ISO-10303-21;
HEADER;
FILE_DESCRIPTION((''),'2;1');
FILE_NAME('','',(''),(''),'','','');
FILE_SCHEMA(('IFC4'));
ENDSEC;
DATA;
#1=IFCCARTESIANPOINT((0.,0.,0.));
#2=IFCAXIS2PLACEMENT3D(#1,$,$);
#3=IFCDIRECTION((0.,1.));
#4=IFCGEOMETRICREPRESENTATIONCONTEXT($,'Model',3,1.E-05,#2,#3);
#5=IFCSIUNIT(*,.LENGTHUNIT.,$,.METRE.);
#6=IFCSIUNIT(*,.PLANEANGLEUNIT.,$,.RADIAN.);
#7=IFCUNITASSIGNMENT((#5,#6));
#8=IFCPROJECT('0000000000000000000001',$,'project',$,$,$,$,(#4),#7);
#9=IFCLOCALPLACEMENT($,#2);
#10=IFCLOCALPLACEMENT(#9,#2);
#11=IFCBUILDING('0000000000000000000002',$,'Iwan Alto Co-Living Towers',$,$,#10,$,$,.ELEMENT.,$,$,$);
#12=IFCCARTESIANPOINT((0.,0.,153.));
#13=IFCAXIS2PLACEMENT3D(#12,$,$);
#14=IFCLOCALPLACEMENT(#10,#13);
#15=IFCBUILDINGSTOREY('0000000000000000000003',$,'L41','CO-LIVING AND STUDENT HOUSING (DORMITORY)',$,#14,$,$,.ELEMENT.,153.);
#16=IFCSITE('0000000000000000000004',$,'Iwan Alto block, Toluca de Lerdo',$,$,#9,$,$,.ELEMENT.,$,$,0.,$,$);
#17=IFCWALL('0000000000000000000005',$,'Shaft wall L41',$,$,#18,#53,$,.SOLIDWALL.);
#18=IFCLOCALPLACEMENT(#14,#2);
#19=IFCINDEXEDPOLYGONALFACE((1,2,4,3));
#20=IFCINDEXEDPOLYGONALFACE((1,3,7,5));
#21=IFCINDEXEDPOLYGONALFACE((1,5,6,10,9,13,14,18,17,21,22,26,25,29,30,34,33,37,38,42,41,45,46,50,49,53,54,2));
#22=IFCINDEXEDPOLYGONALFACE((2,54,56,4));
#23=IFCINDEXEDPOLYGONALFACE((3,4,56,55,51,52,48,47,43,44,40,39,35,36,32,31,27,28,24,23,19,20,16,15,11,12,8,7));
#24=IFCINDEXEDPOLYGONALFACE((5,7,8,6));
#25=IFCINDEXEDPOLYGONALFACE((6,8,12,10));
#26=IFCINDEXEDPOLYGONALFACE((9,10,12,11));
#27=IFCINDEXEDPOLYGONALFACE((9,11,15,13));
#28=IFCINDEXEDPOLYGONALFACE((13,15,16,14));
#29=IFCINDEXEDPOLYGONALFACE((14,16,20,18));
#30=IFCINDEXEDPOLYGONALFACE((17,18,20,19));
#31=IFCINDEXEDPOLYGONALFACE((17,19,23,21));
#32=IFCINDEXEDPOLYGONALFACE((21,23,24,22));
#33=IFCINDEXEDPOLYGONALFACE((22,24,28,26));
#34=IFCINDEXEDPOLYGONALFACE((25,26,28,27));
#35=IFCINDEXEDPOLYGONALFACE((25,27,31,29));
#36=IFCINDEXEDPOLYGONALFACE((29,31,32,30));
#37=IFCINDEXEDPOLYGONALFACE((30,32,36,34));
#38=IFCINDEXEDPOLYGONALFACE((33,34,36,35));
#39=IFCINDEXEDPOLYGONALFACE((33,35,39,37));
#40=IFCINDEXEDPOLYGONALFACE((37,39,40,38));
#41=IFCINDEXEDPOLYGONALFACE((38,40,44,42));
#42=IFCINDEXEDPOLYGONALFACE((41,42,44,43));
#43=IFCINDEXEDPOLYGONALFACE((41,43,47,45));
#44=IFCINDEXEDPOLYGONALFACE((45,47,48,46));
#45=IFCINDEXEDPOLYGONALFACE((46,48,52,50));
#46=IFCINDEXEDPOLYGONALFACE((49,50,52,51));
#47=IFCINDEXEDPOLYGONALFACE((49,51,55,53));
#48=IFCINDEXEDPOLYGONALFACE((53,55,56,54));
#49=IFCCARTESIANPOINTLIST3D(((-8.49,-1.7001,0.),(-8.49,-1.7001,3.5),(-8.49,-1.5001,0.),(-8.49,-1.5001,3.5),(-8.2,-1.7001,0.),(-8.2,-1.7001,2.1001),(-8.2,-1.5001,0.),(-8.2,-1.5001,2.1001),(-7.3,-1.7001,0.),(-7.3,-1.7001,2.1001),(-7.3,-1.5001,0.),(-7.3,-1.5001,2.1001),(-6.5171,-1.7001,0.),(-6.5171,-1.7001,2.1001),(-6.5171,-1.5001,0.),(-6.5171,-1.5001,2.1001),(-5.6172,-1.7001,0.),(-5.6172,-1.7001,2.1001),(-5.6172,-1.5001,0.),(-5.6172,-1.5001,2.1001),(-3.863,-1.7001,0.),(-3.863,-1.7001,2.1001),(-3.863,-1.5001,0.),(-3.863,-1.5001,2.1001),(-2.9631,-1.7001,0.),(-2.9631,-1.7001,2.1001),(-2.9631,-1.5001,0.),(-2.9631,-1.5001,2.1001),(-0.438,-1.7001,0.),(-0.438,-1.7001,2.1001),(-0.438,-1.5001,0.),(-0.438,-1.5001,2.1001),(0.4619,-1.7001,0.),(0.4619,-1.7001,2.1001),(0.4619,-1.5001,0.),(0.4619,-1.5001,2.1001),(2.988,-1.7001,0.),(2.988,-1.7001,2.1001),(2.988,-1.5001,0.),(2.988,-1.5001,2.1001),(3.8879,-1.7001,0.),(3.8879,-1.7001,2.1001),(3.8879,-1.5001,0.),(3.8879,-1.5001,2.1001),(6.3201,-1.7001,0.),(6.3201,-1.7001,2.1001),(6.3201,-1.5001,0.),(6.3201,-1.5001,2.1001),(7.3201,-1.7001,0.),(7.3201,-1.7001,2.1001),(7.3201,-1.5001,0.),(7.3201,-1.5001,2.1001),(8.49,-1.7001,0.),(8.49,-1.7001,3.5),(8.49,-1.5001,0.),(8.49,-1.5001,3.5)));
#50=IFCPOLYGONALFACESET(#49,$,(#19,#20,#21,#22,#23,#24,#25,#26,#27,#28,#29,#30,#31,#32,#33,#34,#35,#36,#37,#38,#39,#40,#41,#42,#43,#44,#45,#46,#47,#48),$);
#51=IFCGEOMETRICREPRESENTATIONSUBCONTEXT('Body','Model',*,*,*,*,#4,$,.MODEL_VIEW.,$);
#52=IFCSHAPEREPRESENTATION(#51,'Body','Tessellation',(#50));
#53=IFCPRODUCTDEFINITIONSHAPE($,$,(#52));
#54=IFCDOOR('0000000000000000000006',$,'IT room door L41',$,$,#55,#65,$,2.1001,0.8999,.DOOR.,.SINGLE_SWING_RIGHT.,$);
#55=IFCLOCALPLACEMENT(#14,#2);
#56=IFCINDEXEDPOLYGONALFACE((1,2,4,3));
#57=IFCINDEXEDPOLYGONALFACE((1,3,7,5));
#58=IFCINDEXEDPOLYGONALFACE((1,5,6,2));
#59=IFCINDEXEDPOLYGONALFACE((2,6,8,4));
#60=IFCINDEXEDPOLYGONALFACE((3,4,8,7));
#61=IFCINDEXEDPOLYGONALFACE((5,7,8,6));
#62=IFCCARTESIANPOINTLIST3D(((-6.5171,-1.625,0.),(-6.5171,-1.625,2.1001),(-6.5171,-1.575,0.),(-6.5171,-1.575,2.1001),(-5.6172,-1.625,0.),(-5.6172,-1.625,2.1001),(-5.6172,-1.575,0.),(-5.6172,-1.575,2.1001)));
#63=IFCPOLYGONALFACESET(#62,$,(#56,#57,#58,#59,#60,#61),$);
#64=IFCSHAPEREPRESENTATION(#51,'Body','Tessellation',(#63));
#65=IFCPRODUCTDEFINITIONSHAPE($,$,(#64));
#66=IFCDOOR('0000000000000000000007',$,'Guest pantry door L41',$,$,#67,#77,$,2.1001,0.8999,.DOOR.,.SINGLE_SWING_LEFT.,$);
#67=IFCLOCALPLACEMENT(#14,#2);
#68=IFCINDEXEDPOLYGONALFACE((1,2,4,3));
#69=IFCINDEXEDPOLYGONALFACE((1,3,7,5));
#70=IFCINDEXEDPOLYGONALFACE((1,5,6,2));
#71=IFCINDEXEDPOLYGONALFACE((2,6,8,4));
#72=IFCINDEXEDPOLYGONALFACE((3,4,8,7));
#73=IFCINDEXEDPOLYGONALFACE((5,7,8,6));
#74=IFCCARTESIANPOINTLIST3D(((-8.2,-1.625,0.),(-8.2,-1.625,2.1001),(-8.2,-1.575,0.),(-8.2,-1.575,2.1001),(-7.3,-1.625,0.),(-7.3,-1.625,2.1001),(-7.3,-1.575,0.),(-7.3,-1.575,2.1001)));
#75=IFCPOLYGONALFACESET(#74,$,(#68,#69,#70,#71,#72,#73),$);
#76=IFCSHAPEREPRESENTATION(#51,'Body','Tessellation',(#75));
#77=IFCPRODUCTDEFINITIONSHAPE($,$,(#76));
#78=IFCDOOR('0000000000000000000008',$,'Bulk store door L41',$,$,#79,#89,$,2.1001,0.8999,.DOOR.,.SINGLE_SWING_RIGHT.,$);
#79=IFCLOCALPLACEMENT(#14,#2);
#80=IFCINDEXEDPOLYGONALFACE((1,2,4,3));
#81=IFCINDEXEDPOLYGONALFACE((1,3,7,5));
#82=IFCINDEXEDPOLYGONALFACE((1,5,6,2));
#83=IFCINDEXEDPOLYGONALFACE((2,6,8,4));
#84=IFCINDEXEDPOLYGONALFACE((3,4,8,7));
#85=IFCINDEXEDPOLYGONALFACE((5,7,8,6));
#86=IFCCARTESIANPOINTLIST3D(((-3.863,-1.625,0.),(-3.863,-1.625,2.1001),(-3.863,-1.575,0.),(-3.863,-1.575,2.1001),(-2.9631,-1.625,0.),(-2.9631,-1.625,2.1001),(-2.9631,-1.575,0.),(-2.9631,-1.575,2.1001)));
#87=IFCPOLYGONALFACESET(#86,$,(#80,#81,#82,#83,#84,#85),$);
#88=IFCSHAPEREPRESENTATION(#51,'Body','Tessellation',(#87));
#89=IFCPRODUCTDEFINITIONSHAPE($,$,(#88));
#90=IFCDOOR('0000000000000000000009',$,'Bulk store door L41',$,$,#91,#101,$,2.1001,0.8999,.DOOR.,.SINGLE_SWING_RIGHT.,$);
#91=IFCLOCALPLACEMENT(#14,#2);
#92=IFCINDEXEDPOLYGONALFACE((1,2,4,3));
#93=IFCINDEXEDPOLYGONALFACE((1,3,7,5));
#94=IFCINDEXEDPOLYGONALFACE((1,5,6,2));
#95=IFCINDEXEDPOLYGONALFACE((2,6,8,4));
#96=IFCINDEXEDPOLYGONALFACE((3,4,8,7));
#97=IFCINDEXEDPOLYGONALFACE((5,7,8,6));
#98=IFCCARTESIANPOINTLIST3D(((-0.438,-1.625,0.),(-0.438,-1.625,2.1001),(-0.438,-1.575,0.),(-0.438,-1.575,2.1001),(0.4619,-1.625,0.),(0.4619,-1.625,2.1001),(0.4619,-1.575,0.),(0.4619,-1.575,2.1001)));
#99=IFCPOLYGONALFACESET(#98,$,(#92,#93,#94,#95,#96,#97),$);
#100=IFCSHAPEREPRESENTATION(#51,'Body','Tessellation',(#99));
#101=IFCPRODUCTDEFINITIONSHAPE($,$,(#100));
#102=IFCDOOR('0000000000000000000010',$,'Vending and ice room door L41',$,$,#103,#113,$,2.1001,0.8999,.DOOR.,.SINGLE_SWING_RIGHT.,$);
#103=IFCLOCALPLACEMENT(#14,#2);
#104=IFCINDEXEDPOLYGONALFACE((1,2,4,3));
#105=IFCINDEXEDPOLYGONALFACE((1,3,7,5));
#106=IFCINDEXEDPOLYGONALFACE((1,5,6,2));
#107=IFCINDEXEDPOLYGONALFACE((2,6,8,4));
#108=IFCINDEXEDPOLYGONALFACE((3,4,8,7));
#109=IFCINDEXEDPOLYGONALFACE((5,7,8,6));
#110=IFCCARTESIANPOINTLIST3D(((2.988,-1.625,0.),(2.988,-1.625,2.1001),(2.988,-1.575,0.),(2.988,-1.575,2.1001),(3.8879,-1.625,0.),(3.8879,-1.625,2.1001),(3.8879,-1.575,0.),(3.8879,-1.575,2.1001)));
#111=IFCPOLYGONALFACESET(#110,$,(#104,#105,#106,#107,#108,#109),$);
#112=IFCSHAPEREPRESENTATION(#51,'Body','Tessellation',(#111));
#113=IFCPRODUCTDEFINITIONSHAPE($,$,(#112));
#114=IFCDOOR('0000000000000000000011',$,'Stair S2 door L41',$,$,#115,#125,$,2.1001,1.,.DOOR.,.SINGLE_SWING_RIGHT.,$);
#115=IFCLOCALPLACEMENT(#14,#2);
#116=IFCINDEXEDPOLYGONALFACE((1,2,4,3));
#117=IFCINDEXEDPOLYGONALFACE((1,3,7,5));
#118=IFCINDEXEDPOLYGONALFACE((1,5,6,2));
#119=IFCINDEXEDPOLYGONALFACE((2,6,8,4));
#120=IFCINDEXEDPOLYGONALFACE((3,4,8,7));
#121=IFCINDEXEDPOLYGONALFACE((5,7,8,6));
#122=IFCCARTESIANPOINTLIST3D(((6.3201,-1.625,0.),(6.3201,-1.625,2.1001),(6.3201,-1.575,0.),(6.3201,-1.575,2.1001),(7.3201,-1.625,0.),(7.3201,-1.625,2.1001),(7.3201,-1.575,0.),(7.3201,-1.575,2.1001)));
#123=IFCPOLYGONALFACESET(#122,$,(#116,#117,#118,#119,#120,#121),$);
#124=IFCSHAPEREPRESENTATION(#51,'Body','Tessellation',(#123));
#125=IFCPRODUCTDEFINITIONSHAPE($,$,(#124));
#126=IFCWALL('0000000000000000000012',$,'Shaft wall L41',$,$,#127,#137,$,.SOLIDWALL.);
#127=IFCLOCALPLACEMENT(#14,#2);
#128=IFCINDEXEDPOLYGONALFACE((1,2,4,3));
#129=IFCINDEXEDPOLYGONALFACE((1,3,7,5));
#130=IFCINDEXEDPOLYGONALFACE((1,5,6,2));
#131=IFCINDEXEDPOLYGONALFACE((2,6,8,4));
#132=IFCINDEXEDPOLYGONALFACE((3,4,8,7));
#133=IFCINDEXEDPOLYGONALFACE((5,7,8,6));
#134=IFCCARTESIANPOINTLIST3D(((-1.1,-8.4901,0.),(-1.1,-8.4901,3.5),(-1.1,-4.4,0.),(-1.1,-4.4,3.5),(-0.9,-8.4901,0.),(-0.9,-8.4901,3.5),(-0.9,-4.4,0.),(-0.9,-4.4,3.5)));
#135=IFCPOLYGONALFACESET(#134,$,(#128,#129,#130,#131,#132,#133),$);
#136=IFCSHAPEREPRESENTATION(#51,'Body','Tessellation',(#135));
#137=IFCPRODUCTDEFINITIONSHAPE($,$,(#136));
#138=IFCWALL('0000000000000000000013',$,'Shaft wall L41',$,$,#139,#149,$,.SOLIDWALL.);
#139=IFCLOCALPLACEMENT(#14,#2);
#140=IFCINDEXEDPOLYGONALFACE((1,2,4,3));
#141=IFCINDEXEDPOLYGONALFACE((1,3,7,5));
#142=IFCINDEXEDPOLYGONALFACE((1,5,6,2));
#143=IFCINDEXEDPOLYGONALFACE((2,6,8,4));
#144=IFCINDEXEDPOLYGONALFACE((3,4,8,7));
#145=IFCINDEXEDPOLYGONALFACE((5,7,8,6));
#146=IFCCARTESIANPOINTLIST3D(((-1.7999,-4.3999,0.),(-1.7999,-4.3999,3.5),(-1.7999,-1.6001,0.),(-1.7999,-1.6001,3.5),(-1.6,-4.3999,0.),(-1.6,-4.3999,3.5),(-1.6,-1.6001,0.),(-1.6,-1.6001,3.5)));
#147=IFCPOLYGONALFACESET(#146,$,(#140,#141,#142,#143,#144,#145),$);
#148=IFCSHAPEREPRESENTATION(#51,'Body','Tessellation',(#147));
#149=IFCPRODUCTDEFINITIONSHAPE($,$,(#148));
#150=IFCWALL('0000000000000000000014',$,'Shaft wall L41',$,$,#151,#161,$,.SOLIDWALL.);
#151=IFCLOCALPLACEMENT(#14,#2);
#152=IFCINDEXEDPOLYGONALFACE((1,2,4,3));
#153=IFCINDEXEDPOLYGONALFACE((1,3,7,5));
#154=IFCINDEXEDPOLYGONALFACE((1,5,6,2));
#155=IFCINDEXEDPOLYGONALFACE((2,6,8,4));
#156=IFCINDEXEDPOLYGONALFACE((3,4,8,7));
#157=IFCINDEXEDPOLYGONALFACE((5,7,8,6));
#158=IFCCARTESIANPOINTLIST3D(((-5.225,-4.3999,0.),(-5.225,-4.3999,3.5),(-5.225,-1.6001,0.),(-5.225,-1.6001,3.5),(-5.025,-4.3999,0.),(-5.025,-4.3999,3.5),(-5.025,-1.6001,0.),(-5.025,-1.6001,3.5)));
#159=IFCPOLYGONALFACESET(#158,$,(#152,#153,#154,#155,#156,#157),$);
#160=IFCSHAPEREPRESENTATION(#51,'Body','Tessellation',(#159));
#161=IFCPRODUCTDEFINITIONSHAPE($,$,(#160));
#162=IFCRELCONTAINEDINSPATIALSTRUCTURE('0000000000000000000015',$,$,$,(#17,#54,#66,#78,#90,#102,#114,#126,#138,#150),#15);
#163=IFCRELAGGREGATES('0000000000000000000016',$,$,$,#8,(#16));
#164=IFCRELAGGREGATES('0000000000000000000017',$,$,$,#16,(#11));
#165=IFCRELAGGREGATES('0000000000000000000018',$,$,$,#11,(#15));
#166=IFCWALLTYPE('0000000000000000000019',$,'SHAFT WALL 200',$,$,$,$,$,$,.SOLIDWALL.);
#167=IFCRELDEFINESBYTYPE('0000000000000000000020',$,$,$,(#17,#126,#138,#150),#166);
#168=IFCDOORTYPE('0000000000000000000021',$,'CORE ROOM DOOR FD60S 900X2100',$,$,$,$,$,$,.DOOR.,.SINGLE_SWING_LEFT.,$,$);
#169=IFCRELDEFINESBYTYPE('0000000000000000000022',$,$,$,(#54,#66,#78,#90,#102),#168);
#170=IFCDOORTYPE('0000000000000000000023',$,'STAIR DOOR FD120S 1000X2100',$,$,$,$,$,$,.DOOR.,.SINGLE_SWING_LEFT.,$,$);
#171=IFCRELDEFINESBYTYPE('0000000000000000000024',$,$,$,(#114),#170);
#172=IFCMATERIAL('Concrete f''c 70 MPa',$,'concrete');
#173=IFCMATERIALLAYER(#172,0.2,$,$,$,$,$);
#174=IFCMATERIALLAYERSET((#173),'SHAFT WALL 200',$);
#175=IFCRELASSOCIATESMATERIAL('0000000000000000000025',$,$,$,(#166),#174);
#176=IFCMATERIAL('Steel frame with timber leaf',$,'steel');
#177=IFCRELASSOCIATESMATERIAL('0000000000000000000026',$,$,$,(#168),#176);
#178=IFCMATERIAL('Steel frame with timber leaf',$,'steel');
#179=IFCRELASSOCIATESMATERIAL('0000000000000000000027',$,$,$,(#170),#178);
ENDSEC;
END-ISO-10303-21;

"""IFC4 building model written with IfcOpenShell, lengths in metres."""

from ifc_helpers import new_model, si_unit, direction, frame, frame_2d, origin, place, context, subcontext, project, spatial, rectangle, extrude, material, layer, layer_set, type_object, element, fill, save


model = new_model("IFC4")

# Units and contexts
model_context = context("Model", 3, precision=1e-05, world=origin(), true_north=direction((0.0, 1.0)))
body_context = subcontext(model_context, "Body", "Model", "MODEL_VIEW")
ifc_project = project(units=[si_unit("LENGTHUNIT", "METRE"), si_unit("PLANEANGLEUNIT", "RADIAN")], contexts=[model_context])

# Site, building, storey
site_placement = place(None, origin())
site = spatial("IfcSite", under=ifc_project, at=site_placement, Name="Iwan Alto block, Toluca de Lerdo", CompositionType="ELEMENT", RefElevation=0.0)
building_placement = place(site_placement, origin())
building = spatial("IfcBuilding", under=site, at=building_placement, Name="Iwan Alto Co-Living Towers", CompositionType="ELEMENT")
storey_placement = place(building_placement, frame((0.0, 0.0, 153.0)))
storey = spatial("IfcBuildingStorey", under=building, at=storey_placement, Name="L41", Description="CO-LIVING AND STUDENT HOUSING (DORMITORY)", CompositionType="ELEMENT", Elevation=153.0)

# Shared definitions
ifc_material_1 = material(Name="Concrete f'c 70 MPa", Category="concrete")
ifc_layer_1 = layer(ifc_material_1, 0.2)
ifc_layer_set_1 = layer_set([ifc_layer_1], Name="SHAFT WALL 200")
wall_type_1 = type_object("IfcWallType", Name="SHAFT WALL 200", PredefinedType="SOLIDWALL", material=ifc_layer_set_1)

# Wall, openings, doors
wall_1_placement = place(storey_placement, frame((-8.49, -1.6001, 0.0), z_axis=(0.0, 0.0, 1.0), x_axis=(1.0, 0.0, 0.0)))
wall_1 = element("IfcWall", 1, at=wall_1_placement, inside=storey, type_object=wall_type_1, Name="Shaft wall L41", PredefinedType="SOLIDWALL", context=body_context, shape_type="SweptSolid", body=[
    extrude(rectangle(XDim=16.98, YDim=0.2, at=frame_2d((8.49, 0.0))), origin(), (0.0, 0.0, 1.0), 3.5),
])
opening_1_placement = place(wall_1_placement, frame((14.8101, 0.0, 0.0)))
opening_1 = element("IfcOpeningElement", 2, at=opening_1_placement, cuts=wall_1, PredefinedType="OPENING", context=body_context, shape_type="SweptSolid", body=[
    extrude(rectangle(XDim=1.0, YDim=2.1001, at=frame_2d((0.5, 1.05))), frame((0.0, 0.1099, 0.0), z_axis=(0.0, -1.0, 0.0), x_axis=(1.0, 0.0, 0.0)), (0.0, 0.0, 1.0), 0.22),
])
opening_2_placement = place(wall_1_placement, frame((1.9729, 0.0, 0.0)))
opening_2 = element("IfcOpeningElement", 3, at=opening_2_placement, cuts=wall_1, PredefinedType="OPENING", context=body_context, shape_type="SweptSolid", body=[
    extrude(rectangle(XDim=0.8999, YDim=2.1001, at=frame_2d((0.45, 1.05))), frame((0.0, 0.1099, 0.0), z_axis=(0.0, -1.0, 0.0), x_axis=(1.0, 0.0, 0.0)), (0.0, 0.0, 1.0), 0.22),
])
opening_3_placement = place(wall_1_placement, frame((0.29, 0.0, 0.0)))
opening_3 = element("IfcOpeningElement", 4, at=opening_3_placement, cuts=wall_1, PredefinedType="OPENING", context=body_context, shape_type="SweptSolid", body=[
    extrude(rectangle(XDim=0.8999, YDim=2.1001, at=frame_2d((0.45, 1.05))), frame((0.0, 0.1099, 0.0), z_axis=(0.0, -1.0, 0.0), x_axis=(1.0, 0.0, 0.0)), (0.0, 0.0, 1.0), 0.22),
])
opening_4_placement = place(wall_1_placement, frame((4.627, 0.0, 0.0)))
opening_4 = element("IfcOpeningElement", 5, at=opening_4_placement, cuts=wall_1, PredefinedType="OPENING", context=body_context, shape_type="SweptSolid", body=[
    extrude(rectangle(XDim=0.8999, YDim=2.1001, at=frame_2d((0.45, 1.05))), frame((0.0, 0.1099, 0.0), z_axis=(0.0, -1.0, 0.0), x_axis=(1.0, 0.0, 0.0)), (0.0, 0.0, 1.0), 0.22),
])
opening_5_placement = place(wall_1_placement, frame((8.052, 0.0, 0.0)))
opening_5 = element("IfcOpeningElement", 6, at=opening_5_placement, cuts=wall_1, PredefinedType="OPENING", context=body_context, shape_type="SweptSolid", body=[
    extrude(rectangle(XDim=0.8999, YDim=2.1001, at=frame_2d((0.45, 1.05))), frame((0.0, 0.1099, 0.0), z_axis=(0.0, -1.0, 0.0), x_axis=(1.0, 0.0, 0.0)), (0.0, 0.0, 1.0), 0.22),
])
opening_6_placement = place(wall_1_placement, frame((11.478, 0.0, 0.0)))
opening_6 = element("IfcOpeningElement", 7, at=opening_6_placement, cuts=wall_1, PredefinedType="OPENING", context=body_context, shape_type="SweptSolid", body=[
    extrude(rectangle(XDim=0.8999, YDim=2.1001, at=frame_2d((0.45, 1.05))), frame((0.0, 0.1099, 0.0), z_axis=(0.0, -1.0, 0.0), x_axis=(1.0, 0.0, 0.0)), (0.0, 0.0, 1.0), 0.22),
])
ifc_material_2 = material(Name="Steel frame with timber leaf", Category="steel")
door_type_1 = type_object("IfcDoorType", Name="CORE ROOM DOOR FD60S 900X2100", OperationType="SINGLE_SWING_LEFT", PredefinedType="DOOR", material=ifc_material_2)
door_1_placement = place(opening_2_placement, frame((0.8999, 0.0, 0.0), z_axis=(0.0, 0.0, 1.0), x_axis=(-1.0, 0.0, 0.0)))
door_1 = element("IfcDoor", 8, at=door_1_placement, inside=storey, type_object=door_type_1, Name="IT room door L41", OperationType="SINGLE_SWING_RIGHT", OverallHeight=2.1001, OverallWidth=0.8999, PredefinedType="DOOR", context=body_context, shape_type="SweptSolid", body=[
    extrude(rectangle(XDim=0.8999, YDim=2.1001, at=frame_2d((0.45, 1.05))), frame((0.0, 0.0249, 0.0), z_axis=(0.0, -1.0, 0.0), x_axis=(1.0, 0.0, 0.0)), (0.0, 0.0, 1.0), 0.05),
])
fill(opening_2, door_1)
door_2_placement = place(opening_3_placement, frame((0.8999, 0.0, 0.0), z_axis=(0.0, 0.0, 1.0), x_axis=(-1.0, 0.0, 0.0)))
door_2 = element("IfcDoor", 9, at=door_2_placement, inside=storey, type_object=door_type_1, Name="Guest pantry door L41", OperationType="SINGLE_SWING_LEFT", OverallHeight=2.1001, OverallWidth=0.8999, PredefinedType="DOOR", context=body_context, shape_type="SweptSolid", body=[
    extrude(rectangle(XDim=0.8999, YDim=2.1001, at=frame_2d((0.45, 1.05))), frame((0.0, 0.0249, 0.0), z_axis=(0.0, -1.0, 0.0), x_axis=(1.0, 0.0, 0.0)), (0.0, 0.0, 1.0), 0.05),
])
fill(opening_3, door_2)
door_3_placement = place(opening_4_placement, frame((0.8999, 0.0, 0.0), z_axis=(0.0, 0.0, 1.0), x_axis=(-1.0, 0.0, 0.0)))
door_3 = element("IfcDoor", 10, at=door_3_placement, inside=storey, type_object=door_type_1, Name="Bulk store door L41", OperationType="SINGLE_SWING_RIGHT", OverallHeight=2.1001, OverallWidth=0.8999, PredefinedType="DOOR", context=body_context, shape_type="SweptSolid", body=[
    extrude(rectangle(XDim=0.8999, YDim=2.1001, at=frame_2d((0.45, 1.05))), frame((0.0, 0.0249, 0.0), z_axis=(0.0, -1.0, 0.0), x_axis=(1.0, 0.0, 0.0)), (0.0, 0.0, 1.0), 0.05),
])
fill(opening_4, door_3)
door_4_placement = place(opening_5_placement, frame((0.8999, 0.0, 0.0), z_axis=(0.0, 0.0, 1.0), x_axis=(-1.0, 0.0, 0.0)))
door_4 = element("IfcDoor", 11, at=door_4_placement, inside=storey, type_object=door_type_1, Name="Bulk store door L41", OperationType="SINGLE_SWING_RIGHT", OverallHeight=2.1001, OverallWidth=0.8999, PredefinedType="DOOR", context=body_context, shape_type="SweptSolid", body=[
    extrude(rectangle(XDim=0.8999, YDim=2.1001, at=frame_2d((0.45, 1.05))), frame((0.0, 0.0249, 0.0), z_axis=(0.0, -1.0, 0.0), x_axis=(1.0, 0.0, 0.0)), (0.0, 0.0, 1.0), 0.05),
])
fill(opening_5, door_4)
door_5_placement = place(opening_6_placement, frame((0.8999, 0.0, 0.0), z_axis=(0.0, 0.0, 1.0), x_axis=(-1.0, 0.0, 0.0)))
door_5 = element("IfcDoor", 12, at=door_5_placement, inside=storey, type_object=door_type_1, Name="Vending and ice room door L41", OperationType="SINGLE_SWING_RIGHT", OverallHeight=2.1001, OverallWidth=0.8999, PredefinedType="DOOR", context=body_context, shape_type="SweptSolid", body=[
    extrude(rectangle(XDim=0.8999, YDim=2.1001, at=frame_2d((0.45, 1.05))), frame((0.0, 0.0249, 0.0), z_axis=(0.0, -1.0, 0.0), x_axis=(1.0, 0.0, 0.0)), (0.0, 0.0, 1.0), 0.05),
])
fill(opening_6, door_5)
ifc_material_3 = material(Name="Steel frame with timber leaf", Category="steel")
door_type_2 = type_object("IfcDoorType", Name="STAIR DOOR FD120S 1000X2100", OperationType="SINGLE_SWING_LEFT", PredefinedType="DOOR", material=ifc_material_3)
door_6_placement = place(opening_1_placement, frame((1.0, 0.0, 0.0), z_axis=(0.0, 0.0, 1.0), x_axis=(-1.0, 0.0, 0.0)))
door_6 = element("IfcDoor", 13, at=door_6_placement, inside=storey, type_object=door_type_2, Name="Stair S2 door L41", OperationType="SINGLE_SWING_RIGHT", OverallHeight=2.1001, OverallWidth=1.0, PredefinedType="DOOR", context=body_context, shape_type="SweptSolid", body=[
    extrude(rectangle(XDim=1.0, YDim=2.1001, at=frame_2d((0.5, 1.05))), frame((0.0, 0.0249, 0.0), z_axis=(0.0, -1.0, 0.0), x_axis=(1.0, 0.0, 0.0)), (0.0, 0.0, 1.0), 0.05),
])
fill(opening_1, door_6)

# Walls
wall_2_placement = place(storey_placement, frame((-1.0, -8.49, 0.0), z_axis=(0.0, 0.0, 1.0), x_axis=(0.0, 1.0, 0.0)))
element("IfcWall", 14, at=wall_2_placement, inside=storey, type_object=wall_type_1, Name="Shaft wall L41", PredefinedType="SOLIDWALL", context=body_context, shape_type="SweptSolid", body=[
    extrude(rectangle(XDim=4.0901, YDim=0.2, at=frame_2d((2.0449, 0.0))), origin(), (0.0, 0.0, 1.0), 3.5),
])
for number, where, z_axis, x_axis, name in (
    (15, (-1.7, -4.3999, 0.0), (0.0, 0.0, 1.0), (0.0, 1.0, 0.0), "Shaft wall L41"),
    (16, (-5.125, -4.3999, 0.0), (0.0, 0.0, 1.0), (0.0, 1.0, 0.0), "Shaft wall L41"),
):
    element("IfcWall", number, at=place(storey_placement, frame(where, z_axis=z_axis, x_axis=x_axis)), inside=storey, type_object=wall_type_1, Name=name, PredefinedType="SOLIDWALL", context=body_context, shape_type="SweptSolid", body=[
        extrude(rectangle(XDim=2.7998, YDim=0.2, at=frame_2d((1.3999, 0.0))), origin(), (0.0, 0.0, 1.0), 3.5),
    ])

save(model, "model.ifc")
